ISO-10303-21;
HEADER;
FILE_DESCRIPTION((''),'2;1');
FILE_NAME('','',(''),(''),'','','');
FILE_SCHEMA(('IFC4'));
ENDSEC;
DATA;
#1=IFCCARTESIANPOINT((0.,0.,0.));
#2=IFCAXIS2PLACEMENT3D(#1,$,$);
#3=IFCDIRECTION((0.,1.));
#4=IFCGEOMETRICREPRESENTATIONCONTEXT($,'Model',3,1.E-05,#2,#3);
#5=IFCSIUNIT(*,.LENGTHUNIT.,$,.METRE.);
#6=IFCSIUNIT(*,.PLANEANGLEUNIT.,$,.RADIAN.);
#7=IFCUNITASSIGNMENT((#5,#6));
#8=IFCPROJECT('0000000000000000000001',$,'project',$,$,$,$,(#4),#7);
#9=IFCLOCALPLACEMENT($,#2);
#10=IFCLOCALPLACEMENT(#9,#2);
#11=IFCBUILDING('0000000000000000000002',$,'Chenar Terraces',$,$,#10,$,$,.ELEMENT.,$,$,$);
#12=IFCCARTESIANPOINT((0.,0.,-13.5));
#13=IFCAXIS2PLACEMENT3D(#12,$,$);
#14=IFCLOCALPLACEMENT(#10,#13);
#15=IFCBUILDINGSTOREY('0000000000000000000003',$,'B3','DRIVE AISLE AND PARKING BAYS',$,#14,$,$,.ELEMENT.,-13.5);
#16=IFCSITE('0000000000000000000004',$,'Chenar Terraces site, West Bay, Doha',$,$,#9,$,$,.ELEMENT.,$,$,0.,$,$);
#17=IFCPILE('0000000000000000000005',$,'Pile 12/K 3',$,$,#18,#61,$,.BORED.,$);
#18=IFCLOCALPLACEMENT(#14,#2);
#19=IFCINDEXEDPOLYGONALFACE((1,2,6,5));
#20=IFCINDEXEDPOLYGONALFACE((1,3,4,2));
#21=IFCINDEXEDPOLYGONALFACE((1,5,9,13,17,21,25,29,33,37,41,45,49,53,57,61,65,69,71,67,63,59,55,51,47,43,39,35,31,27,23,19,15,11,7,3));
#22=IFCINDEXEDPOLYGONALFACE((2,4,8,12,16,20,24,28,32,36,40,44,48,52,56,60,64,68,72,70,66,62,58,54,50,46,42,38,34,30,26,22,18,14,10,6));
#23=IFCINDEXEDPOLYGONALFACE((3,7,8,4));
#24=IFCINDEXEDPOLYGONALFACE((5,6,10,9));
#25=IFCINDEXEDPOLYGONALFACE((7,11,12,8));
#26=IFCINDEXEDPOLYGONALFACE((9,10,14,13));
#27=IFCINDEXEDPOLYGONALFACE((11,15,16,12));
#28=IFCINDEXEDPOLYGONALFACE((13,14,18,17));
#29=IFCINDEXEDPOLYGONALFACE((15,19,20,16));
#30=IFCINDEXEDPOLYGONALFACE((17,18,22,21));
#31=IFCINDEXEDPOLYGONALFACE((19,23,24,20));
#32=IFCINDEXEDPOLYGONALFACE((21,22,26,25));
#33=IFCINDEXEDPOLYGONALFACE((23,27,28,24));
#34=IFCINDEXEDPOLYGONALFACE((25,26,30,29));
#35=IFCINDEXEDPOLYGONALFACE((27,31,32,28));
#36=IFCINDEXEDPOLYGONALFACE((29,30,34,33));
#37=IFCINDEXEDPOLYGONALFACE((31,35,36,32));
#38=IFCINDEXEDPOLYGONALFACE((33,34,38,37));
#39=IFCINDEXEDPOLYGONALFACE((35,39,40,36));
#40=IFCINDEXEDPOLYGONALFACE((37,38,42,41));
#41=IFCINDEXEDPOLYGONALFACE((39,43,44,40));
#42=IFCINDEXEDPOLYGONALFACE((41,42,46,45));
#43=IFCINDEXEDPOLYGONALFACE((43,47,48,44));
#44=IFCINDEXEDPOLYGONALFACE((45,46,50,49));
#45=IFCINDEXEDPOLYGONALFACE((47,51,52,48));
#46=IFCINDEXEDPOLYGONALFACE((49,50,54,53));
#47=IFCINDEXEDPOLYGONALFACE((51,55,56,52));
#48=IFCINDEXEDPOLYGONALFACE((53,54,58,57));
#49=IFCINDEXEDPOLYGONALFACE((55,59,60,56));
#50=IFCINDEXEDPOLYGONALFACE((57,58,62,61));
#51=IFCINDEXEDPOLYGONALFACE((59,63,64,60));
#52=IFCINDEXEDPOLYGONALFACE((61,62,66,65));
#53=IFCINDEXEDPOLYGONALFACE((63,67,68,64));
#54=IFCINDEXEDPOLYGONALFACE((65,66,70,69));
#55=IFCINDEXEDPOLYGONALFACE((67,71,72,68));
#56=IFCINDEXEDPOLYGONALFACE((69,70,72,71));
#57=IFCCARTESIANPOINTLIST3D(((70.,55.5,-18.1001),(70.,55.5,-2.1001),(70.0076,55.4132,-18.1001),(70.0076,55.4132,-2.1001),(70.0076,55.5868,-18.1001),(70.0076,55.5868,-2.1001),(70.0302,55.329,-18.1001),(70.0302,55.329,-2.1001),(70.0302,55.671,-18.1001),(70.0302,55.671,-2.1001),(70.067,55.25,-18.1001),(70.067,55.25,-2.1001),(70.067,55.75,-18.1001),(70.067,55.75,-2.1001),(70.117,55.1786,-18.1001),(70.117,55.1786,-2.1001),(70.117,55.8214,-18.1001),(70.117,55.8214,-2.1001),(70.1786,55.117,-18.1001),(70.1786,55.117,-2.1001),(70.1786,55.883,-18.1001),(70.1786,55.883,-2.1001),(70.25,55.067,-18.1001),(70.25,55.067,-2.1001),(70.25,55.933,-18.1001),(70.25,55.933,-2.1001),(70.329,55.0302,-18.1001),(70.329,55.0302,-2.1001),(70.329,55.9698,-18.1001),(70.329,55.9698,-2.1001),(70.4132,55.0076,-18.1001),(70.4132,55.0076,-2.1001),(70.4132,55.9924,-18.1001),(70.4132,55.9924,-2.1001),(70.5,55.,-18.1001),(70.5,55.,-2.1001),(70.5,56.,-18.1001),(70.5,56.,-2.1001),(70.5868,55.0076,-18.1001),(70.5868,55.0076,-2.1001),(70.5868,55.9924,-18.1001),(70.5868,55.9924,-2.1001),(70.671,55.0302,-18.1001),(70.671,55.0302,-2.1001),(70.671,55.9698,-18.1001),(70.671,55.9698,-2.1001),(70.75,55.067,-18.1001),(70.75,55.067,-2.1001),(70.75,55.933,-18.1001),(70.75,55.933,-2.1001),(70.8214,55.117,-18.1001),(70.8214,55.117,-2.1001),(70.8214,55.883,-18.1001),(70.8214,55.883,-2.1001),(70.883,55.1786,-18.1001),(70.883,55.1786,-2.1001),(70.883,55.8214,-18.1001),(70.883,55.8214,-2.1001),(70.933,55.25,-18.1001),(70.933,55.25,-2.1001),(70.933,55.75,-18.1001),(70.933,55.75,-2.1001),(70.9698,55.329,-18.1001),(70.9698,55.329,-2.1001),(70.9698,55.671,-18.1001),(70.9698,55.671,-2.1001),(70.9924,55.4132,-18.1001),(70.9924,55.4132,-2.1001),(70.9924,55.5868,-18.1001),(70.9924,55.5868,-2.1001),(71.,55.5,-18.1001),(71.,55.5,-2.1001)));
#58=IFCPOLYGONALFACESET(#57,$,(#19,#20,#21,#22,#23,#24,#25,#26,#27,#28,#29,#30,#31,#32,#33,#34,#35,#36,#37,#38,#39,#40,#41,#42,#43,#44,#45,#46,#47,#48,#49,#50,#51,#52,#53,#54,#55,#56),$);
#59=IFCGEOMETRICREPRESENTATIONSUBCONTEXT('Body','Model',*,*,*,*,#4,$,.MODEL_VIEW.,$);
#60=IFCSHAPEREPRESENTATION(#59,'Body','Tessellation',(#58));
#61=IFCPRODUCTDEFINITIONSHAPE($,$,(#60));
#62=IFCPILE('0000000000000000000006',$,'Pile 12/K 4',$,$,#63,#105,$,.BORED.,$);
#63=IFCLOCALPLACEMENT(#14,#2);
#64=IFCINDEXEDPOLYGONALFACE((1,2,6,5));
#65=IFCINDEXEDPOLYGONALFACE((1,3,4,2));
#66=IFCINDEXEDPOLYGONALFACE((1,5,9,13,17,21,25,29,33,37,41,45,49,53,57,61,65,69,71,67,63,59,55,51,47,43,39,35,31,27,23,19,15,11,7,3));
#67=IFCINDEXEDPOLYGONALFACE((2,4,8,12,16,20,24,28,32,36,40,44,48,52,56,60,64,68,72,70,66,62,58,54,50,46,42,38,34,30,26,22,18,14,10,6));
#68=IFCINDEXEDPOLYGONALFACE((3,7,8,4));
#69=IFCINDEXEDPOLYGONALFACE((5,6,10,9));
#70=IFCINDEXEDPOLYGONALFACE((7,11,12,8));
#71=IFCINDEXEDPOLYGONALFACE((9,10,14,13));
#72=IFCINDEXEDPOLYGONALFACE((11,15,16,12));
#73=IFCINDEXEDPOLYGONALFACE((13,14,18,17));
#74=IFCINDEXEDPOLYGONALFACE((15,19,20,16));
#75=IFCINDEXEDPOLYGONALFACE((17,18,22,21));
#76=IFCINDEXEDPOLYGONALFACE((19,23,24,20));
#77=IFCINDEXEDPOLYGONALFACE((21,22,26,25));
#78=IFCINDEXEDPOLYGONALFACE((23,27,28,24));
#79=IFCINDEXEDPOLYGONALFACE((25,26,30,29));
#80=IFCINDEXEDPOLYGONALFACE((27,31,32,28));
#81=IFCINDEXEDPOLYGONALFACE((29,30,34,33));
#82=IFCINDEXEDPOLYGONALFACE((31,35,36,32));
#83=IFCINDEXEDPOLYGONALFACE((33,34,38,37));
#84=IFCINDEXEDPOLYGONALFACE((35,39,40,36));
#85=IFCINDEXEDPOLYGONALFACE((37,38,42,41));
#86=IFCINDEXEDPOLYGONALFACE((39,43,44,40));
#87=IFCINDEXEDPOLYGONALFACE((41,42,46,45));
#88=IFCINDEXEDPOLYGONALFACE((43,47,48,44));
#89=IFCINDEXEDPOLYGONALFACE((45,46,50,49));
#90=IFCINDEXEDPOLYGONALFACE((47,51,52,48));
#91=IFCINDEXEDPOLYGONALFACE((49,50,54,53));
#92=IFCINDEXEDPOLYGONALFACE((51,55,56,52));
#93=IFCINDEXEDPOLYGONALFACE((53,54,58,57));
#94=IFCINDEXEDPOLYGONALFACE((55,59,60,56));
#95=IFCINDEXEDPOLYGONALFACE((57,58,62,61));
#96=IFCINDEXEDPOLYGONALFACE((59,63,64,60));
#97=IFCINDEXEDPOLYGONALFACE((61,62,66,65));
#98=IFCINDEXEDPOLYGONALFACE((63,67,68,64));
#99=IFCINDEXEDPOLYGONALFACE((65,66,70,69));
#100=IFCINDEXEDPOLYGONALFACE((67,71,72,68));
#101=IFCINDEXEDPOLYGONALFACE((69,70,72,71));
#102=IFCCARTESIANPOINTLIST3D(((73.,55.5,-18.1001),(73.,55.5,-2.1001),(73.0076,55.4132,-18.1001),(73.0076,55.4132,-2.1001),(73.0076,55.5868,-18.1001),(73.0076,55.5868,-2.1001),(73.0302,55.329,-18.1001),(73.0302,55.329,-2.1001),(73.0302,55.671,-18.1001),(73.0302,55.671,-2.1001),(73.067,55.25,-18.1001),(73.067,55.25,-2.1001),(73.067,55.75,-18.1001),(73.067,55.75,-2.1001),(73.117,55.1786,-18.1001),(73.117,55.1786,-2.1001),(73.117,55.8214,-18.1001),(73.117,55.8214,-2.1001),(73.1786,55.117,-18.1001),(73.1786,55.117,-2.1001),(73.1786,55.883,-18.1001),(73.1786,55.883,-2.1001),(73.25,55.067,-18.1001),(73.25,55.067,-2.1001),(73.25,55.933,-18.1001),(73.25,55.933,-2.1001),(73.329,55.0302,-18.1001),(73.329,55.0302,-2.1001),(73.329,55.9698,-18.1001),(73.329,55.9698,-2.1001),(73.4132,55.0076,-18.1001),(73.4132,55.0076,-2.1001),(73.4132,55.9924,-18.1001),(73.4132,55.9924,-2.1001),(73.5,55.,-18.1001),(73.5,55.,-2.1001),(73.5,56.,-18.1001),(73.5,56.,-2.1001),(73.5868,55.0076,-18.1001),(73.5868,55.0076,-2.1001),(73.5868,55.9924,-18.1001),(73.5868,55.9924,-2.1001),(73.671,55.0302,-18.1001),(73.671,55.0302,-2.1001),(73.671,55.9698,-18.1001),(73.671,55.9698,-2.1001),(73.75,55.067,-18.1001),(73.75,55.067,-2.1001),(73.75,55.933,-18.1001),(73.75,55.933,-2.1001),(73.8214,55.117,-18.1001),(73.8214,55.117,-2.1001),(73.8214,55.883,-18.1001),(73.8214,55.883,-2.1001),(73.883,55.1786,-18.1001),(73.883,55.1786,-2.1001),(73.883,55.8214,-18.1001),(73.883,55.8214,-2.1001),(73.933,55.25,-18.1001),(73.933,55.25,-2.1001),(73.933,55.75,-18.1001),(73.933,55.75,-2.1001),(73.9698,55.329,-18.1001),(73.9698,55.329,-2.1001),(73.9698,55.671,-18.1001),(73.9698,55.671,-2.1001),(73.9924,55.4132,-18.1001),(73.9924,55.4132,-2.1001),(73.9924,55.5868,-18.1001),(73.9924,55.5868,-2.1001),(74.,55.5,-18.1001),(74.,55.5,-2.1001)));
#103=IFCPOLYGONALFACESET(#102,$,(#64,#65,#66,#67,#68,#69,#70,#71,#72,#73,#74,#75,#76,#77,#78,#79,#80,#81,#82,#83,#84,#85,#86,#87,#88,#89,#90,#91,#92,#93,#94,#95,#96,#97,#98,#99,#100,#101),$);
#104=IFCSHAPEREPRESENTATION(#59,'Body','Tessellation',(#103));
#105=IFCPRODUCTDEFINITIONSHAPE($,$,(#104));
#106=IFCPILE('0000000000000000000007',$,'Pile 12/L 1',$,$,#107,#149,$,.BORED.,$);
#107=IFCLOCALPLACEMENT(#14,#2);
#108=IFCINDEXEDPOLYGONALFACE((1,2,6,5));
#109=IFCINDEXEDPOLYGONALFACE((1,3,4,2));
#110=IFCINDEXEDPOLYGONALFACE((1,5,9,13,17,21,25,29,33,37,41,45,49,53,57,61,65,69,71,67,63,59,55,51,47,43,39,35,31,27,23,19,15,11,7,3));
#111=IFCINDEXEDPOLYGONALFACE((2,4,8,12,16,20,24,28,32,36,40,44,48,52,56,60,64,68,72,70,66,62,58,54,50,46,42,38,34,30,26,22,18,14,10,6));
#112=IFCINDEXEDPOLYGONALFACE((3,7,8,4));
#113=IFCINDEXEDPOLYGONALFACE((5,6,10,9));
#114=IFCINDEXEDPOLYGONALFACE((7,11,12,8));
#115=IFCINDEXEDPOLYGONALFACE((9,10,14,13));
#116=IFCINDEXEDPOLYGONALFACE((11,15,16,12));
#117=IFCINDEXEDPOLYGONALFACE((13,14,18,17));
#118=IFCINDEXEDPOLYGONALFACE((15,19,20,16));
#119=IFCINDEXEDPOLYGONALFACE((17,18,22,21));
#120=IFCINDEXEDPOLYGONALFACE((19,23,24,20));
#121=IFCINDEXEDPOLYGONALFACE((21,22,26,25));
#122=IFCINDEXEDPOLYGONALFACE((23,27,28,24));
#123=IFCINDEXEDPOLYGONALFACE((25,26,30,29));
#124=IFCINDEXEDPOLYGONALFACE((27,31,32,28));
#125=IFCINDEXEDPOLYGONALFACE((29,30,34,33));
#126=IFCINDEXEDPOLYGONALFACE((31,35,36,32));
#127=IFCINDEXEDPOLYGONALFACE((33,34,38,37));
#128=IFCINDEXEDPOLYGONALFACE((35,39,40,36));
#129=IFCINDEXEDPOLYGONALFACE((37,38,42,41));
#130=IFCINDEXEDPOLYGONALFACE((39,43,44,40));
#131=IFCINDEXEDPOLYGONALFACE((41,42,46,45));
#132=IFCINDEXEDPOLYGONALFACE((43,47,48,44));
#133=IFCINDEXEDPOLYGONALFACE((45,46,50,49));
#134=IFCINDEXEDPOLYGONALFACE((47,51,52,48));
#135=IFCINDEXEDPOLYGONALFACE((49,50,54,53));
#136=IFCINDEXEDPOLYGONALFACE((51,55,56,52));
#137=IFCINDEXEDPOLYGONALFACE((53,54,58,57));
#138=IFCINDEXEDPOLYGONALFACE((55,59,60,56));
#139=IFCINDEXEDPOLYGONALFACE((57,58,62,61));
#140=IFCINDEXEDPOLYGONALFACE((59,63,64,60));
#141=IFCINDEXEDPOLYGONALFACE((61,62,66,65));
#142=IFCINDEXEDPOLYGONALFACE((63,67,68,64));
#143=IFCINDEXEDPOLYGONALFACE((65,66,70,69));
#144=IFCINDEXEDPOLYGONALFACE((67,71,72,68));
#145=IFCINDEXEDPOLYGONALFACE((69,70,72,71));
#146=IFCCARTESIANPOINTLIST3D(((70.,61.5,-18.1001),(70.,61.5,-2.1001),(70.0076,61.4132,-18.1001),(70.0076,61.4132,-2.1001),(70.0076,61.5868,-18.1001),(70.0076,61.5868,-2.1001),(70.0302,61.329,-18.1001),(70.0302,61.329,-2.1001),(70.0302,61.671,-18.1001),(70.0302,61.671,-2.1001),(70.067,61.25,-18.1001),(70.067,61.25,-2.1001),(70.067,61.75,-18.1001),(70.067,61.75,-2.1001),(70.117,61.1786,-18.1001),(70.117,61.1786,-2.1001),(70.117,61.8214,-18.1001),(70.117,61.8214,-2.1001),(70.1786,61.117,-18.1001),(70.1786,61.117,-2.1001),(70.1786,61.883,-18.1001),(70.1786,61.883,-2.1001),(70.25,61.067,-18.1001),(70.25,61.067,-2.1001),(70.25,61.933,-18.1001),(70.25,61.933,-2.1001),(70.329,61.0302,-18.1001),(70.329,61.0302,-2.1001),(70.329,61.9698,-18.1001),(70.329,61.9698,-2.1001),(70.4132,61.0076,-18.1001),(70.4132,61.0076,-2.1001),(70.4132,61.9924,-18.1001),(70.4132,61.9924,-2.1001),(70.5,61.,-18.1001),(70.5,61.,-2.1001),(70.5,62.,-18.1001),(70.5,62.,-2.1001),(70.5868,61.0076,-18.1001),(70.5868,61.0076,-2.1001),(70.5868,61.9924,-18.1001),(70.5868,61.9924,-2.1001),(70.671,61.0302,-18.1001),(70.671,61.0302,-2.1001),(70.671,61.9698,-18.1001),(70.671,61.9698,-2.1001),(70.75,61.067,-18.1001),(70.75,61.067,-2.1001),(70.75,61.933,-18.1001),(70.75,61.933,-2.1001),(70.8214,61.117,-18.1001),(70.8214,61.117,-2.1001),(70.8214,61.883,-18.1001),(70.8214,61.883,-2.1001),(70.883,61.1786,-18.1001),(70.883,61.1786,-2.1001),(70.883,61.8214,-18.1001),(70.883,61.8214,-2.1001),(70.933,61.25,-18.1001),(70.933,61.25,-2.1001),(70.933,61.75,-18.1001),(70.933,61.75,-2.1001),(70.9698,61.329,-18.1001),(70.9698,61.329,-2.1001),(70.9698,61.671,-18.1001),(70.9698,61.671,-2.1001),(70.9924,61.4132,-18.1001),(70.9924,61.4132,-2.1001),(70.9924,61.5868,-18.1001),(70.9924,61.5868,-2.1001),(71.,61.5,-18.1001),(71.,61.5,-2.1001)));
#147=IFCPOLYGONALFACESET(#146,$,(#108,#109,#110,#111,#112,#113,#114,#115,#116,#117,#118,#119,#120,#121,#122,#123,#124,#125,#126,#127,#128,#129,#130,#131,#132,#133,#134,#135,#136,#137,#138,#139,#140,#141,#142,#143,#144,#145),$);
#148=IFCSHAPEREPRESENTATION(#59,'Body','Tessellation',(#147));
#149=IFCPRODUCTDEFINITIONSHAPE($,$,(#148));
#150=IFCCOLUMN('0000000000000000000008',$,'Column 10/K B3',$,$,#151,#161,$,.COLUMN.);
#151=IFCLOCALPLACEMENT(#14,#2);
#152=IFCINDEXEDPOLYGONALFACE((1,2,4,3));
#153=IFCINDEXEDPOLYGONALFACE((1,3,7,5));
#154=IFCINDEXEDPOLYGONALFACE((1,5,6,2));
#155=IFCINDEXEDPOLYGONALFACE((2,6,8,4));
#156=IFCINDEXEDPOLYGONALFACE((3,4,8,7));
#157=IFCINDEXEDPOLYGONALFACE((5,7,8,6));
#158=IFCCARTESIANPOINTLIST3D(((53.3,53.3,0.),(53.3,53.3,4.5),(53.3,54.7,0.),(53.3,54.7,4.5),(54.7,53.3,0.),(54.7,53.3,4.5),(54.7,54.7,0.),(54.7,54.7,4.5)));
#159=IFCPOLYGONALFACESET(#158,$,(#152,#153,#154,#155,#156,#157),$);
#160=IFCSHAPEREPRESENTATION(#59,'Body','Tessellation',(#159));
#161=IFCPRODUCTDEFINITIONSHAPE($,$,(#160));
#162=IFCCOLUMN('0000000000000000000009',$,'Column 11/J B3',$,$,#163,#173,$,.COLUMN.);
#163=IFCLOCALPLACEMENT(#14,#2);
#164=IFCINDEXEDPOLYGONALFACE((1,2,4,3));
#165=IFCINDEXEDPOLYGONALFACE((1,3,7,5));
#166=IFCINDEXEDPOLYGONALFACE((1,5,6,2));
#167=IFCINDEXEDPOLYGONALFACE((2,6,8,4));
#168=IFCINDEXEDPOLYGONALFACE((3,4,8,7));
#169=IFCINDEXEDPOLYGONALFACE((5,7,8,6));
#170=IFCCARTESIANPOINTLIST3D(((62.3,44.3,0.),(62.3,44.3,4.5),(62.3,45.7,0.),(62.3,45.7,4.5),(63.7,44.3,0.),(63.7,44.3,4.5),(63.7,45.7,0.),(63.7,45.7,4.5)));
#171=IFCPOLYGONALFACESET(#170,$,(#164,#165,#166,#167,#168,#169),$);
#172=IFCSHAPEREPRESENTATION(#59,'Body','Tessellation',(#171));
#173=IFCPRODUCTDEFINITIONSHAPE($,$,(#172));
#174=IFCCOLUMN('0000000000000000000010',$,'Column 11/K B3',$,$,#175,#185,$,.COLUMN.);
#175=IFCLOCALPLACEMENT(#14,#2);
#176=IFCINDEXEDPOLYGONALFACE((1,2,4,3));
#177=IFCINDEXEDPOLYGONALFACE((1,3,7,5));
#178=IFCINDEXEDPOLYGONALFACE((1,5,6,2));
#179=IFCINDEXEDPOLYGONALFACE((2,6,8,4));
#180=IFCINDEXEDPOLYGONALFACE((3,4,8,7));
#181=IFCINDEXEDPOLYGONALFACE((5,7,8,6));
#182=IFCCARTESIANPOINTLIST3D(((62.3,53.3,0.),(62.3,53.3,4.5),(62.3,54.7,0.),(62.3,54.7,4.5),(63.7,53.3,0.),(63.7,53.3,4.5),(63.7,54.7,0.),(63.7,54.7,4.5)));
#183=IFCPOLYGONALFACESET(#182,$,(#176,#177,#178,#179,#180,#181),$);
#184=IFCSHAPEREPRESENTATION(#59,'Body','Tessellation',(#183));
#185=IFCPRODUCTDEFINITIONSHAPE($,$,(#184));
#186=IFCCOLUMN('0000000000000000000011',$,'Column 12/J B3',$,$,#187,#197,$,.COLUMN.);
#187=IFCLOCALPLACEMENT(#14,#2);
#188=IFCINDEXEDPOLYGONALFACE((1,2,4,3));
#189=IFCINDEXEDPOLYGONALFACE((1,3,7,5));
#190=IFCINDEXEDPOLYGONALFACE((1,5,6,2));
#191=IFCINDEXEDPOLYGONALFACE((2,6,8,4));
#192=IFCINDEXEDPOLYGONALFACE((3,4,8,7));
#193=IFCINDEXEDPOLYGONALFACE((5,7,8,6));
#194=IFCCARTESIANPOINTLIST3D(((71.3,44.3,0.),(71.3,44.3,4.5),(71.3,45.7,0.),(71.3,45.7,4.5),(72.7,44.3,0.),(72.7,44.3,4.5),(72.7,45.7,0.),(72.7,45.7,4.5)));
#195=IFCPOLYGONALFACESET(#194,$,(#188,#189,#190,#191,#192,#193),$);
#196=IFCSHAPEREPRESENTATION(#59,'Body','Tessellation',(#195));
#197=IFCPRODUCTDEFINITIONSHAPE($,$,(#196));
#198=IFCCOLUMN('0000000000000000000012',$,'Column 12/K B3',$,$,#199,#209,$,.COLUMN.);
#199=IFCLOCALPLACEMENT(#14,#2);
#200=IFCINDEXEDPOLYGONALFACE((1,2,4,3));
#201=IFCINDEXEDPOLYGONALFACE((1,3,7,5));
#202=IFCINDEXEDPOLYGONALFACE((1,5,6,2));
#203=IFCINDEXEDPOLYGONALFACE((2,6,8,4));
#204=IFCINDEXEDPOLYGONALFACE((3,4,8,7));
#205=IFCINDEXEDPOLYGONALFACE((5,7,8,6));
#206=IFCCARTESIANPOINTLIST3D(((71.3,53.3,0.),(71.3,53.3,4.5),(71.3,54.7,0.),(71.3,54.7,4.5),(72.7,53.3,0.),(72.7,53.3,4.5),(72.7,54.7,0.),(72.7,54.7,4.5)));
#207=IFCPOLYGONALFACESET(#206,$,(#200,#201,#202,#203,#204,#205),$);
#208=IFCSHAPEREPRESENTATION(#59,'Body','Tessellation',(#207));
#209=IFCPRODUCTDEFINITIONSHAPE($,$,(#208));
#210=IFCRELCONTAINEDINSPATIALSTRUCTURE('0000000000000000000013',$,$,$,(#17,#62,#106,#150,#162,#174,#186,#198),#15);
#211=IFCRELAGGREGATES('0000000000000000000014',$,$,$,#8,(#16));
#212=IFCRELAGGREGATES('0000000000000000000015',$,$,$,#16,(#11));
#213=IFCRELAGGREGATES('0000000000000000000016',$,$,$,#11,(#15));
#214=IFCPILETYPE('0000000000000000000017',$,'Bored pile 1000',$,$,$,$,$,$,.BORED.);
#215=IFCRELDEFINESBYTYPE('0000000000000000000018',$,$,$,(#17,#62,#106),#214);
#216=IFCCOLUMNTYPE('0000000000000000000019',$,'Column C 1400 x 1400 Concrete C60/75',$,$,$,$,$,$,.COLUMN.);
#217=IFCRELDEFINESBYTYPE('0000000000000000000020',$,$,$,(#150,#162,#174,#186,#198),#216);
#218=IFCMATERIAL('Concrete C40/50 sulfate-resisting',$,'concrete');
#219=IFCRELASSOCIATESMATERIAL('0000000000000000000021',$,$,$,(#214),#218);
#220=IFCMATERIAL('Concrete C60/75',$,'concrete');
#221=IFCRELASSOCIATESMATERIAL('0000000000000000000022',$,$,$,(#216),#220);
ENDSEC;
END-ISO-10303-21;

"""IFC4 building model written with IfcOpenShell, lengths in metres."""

from ifc_helpers import new_model, si_unit, direction, frame, origin, origin_2d, place, context, subcontext, project, spatial, rectangle, circle, extrude, material, material_profile, profile_set, type_object, element, save


model = new_model("IFC4")

# Units and contexts
model_context = context("Model", 3, precision=1e-05, world=origin(), true_north=direction((0.0, 1.0)))
body_context = subcontext(model_context, "Body", "Model", "MODEL_VIEW")
ifc_project = project(units=[si_unit("LENGTHUNIT", "METRE"), si_unit("PLANEANGLEUNIT", "RADIAN")], contexts=[model_context])

# Site, building, storey
site_placement = place(None, origin())
site = spatial("IfcSite", under=ifc_project, at=site_placement, Name="Chenar Terraces site, West Bay, Doha", CompositionType="ELEMENT", RefElevation=0.0)
building_placement = place(site_placement, origin())
building = spatial("IfcBuilding", under=site, at=building_placement, Name="Chenar Terraces", CompositionType="ELEMENT")
storey_placement = place(building_placement, frame((0.0, 0.0, -13.5)))
storey = spatial("IfcBuildingStorey", under=building, at=storey_placement, Name="B3", Description="DRIVE AISLE AND PARKING BAYS", CompositionType="ELEMENT", Elevation=-13.5)

# Piles
ifc_material_1 = material(Name="Concrete C40/50 sulfate-resisting", Category="concrete")
ifc_material_profile_1 = material_profile(ifc_material_1, circle(Radius=0.5, at=origin_2d()), Name="BP 1000")
ifc_profile_set_1 = profile_set([ifc_material_profile_1], Name="Concrete C40/50 sulfate-resisting")
pile_type = type_object("IfcPileType", Name="Bored pile 1000", PredefinedType="BORED", material=ifc_profile_set_1)
for number, where, z_axis, x_axis, name in (
    (1, (70.5, 55.5, -2.1001), (0.0, 0.0, -1.0), (1.0, 0.0, 0.0), "Pile 12/K 3"),
    (2, (73.5, 55.5, -2.1001), (0.0, 0.0, -1.0), (1.0, 0.0, 0.0), "Pile 12/K 4"),
    (3, (70.5, 61.5, -2.1001), (0.0, 0.0, -1.0), (1.0, 0.0, 0.0), "Pile 12/L 1"),
):
    element("IfcPile", number, at=place(storey_placement, frame(where, z_axis=z_axis, x_axis=x_axis)), inside=storey, type_object=pile_type, Name=name, PredefinedType="BORED", context=body_context, shape_type="SweptSolid", body=[
        extrude(circle(Radius=0.5, at=origin_2d()), origin(), (0.0, 0.0, 1.0), 16.0),
    ])

# Columns
ifc_material_2 = material(Name="Concrete C60/75", Category="concrete")
ifc_material_profile_2 = material_profile(ifc_material_2, rectangle(XDim=1.3999, YDim=1.3999, at=origin_2d()), Name="C 1400 x 1400")
ifc_profile_set_2 = profile_set([ifc_material_profile_2], Name="Concrete C60/75")
column_type = type_object("IfcColumnType", Name="Column C 1400 x 1400 Concrete C60/75", PredefinedType="COLUMN", material=ifc_profile_set_2)
for number, where, z_axis, x_axis, name in (
    (4, (54.0, 54.0, 0.0), (0.0, 0.0, 1.0), (1.0, 0.0, 0.0), "Column 10/K B3"),
    (5, (63.0, 45.0, 0.0), (0.0, 0.0, 1.0), (1.0, 0.0, 0.0), "Column 11/J B3"),
    (6, (63.0, 54.0, 0.0), (0.0, 0.0, 1.0), (1.0, 0.0, 0.0), "Column 11/K B3"),
    (7, (72.0, 45.0, 0.0), (0.0, 0.0, 1.0), (1.0, 0.0, 0.0), "Column 12/J B3"),
    (8, (72.0, 54.0, 0.0), (0.0, 0.0, 1.0), (1.0, 0.0, 0.0), "Column 12/K B3"),
):
    element("IfcColumn", number, at=place(storey_placement, frame(where, z_axis=z_axis, x_axis=x_axis)), inside=storey, type_object=column_type, Name=name, PredefinedType="COLUMN", context=body_context, shape_type="SweptSolid", body=[
        extrude(rectangle(XDim=1.3999, YDim=1.3999, at=origin_2d()), origin(), (0.0, 0.0, 1.0), 4.5),
    ])

save(model, "model.ifc")
